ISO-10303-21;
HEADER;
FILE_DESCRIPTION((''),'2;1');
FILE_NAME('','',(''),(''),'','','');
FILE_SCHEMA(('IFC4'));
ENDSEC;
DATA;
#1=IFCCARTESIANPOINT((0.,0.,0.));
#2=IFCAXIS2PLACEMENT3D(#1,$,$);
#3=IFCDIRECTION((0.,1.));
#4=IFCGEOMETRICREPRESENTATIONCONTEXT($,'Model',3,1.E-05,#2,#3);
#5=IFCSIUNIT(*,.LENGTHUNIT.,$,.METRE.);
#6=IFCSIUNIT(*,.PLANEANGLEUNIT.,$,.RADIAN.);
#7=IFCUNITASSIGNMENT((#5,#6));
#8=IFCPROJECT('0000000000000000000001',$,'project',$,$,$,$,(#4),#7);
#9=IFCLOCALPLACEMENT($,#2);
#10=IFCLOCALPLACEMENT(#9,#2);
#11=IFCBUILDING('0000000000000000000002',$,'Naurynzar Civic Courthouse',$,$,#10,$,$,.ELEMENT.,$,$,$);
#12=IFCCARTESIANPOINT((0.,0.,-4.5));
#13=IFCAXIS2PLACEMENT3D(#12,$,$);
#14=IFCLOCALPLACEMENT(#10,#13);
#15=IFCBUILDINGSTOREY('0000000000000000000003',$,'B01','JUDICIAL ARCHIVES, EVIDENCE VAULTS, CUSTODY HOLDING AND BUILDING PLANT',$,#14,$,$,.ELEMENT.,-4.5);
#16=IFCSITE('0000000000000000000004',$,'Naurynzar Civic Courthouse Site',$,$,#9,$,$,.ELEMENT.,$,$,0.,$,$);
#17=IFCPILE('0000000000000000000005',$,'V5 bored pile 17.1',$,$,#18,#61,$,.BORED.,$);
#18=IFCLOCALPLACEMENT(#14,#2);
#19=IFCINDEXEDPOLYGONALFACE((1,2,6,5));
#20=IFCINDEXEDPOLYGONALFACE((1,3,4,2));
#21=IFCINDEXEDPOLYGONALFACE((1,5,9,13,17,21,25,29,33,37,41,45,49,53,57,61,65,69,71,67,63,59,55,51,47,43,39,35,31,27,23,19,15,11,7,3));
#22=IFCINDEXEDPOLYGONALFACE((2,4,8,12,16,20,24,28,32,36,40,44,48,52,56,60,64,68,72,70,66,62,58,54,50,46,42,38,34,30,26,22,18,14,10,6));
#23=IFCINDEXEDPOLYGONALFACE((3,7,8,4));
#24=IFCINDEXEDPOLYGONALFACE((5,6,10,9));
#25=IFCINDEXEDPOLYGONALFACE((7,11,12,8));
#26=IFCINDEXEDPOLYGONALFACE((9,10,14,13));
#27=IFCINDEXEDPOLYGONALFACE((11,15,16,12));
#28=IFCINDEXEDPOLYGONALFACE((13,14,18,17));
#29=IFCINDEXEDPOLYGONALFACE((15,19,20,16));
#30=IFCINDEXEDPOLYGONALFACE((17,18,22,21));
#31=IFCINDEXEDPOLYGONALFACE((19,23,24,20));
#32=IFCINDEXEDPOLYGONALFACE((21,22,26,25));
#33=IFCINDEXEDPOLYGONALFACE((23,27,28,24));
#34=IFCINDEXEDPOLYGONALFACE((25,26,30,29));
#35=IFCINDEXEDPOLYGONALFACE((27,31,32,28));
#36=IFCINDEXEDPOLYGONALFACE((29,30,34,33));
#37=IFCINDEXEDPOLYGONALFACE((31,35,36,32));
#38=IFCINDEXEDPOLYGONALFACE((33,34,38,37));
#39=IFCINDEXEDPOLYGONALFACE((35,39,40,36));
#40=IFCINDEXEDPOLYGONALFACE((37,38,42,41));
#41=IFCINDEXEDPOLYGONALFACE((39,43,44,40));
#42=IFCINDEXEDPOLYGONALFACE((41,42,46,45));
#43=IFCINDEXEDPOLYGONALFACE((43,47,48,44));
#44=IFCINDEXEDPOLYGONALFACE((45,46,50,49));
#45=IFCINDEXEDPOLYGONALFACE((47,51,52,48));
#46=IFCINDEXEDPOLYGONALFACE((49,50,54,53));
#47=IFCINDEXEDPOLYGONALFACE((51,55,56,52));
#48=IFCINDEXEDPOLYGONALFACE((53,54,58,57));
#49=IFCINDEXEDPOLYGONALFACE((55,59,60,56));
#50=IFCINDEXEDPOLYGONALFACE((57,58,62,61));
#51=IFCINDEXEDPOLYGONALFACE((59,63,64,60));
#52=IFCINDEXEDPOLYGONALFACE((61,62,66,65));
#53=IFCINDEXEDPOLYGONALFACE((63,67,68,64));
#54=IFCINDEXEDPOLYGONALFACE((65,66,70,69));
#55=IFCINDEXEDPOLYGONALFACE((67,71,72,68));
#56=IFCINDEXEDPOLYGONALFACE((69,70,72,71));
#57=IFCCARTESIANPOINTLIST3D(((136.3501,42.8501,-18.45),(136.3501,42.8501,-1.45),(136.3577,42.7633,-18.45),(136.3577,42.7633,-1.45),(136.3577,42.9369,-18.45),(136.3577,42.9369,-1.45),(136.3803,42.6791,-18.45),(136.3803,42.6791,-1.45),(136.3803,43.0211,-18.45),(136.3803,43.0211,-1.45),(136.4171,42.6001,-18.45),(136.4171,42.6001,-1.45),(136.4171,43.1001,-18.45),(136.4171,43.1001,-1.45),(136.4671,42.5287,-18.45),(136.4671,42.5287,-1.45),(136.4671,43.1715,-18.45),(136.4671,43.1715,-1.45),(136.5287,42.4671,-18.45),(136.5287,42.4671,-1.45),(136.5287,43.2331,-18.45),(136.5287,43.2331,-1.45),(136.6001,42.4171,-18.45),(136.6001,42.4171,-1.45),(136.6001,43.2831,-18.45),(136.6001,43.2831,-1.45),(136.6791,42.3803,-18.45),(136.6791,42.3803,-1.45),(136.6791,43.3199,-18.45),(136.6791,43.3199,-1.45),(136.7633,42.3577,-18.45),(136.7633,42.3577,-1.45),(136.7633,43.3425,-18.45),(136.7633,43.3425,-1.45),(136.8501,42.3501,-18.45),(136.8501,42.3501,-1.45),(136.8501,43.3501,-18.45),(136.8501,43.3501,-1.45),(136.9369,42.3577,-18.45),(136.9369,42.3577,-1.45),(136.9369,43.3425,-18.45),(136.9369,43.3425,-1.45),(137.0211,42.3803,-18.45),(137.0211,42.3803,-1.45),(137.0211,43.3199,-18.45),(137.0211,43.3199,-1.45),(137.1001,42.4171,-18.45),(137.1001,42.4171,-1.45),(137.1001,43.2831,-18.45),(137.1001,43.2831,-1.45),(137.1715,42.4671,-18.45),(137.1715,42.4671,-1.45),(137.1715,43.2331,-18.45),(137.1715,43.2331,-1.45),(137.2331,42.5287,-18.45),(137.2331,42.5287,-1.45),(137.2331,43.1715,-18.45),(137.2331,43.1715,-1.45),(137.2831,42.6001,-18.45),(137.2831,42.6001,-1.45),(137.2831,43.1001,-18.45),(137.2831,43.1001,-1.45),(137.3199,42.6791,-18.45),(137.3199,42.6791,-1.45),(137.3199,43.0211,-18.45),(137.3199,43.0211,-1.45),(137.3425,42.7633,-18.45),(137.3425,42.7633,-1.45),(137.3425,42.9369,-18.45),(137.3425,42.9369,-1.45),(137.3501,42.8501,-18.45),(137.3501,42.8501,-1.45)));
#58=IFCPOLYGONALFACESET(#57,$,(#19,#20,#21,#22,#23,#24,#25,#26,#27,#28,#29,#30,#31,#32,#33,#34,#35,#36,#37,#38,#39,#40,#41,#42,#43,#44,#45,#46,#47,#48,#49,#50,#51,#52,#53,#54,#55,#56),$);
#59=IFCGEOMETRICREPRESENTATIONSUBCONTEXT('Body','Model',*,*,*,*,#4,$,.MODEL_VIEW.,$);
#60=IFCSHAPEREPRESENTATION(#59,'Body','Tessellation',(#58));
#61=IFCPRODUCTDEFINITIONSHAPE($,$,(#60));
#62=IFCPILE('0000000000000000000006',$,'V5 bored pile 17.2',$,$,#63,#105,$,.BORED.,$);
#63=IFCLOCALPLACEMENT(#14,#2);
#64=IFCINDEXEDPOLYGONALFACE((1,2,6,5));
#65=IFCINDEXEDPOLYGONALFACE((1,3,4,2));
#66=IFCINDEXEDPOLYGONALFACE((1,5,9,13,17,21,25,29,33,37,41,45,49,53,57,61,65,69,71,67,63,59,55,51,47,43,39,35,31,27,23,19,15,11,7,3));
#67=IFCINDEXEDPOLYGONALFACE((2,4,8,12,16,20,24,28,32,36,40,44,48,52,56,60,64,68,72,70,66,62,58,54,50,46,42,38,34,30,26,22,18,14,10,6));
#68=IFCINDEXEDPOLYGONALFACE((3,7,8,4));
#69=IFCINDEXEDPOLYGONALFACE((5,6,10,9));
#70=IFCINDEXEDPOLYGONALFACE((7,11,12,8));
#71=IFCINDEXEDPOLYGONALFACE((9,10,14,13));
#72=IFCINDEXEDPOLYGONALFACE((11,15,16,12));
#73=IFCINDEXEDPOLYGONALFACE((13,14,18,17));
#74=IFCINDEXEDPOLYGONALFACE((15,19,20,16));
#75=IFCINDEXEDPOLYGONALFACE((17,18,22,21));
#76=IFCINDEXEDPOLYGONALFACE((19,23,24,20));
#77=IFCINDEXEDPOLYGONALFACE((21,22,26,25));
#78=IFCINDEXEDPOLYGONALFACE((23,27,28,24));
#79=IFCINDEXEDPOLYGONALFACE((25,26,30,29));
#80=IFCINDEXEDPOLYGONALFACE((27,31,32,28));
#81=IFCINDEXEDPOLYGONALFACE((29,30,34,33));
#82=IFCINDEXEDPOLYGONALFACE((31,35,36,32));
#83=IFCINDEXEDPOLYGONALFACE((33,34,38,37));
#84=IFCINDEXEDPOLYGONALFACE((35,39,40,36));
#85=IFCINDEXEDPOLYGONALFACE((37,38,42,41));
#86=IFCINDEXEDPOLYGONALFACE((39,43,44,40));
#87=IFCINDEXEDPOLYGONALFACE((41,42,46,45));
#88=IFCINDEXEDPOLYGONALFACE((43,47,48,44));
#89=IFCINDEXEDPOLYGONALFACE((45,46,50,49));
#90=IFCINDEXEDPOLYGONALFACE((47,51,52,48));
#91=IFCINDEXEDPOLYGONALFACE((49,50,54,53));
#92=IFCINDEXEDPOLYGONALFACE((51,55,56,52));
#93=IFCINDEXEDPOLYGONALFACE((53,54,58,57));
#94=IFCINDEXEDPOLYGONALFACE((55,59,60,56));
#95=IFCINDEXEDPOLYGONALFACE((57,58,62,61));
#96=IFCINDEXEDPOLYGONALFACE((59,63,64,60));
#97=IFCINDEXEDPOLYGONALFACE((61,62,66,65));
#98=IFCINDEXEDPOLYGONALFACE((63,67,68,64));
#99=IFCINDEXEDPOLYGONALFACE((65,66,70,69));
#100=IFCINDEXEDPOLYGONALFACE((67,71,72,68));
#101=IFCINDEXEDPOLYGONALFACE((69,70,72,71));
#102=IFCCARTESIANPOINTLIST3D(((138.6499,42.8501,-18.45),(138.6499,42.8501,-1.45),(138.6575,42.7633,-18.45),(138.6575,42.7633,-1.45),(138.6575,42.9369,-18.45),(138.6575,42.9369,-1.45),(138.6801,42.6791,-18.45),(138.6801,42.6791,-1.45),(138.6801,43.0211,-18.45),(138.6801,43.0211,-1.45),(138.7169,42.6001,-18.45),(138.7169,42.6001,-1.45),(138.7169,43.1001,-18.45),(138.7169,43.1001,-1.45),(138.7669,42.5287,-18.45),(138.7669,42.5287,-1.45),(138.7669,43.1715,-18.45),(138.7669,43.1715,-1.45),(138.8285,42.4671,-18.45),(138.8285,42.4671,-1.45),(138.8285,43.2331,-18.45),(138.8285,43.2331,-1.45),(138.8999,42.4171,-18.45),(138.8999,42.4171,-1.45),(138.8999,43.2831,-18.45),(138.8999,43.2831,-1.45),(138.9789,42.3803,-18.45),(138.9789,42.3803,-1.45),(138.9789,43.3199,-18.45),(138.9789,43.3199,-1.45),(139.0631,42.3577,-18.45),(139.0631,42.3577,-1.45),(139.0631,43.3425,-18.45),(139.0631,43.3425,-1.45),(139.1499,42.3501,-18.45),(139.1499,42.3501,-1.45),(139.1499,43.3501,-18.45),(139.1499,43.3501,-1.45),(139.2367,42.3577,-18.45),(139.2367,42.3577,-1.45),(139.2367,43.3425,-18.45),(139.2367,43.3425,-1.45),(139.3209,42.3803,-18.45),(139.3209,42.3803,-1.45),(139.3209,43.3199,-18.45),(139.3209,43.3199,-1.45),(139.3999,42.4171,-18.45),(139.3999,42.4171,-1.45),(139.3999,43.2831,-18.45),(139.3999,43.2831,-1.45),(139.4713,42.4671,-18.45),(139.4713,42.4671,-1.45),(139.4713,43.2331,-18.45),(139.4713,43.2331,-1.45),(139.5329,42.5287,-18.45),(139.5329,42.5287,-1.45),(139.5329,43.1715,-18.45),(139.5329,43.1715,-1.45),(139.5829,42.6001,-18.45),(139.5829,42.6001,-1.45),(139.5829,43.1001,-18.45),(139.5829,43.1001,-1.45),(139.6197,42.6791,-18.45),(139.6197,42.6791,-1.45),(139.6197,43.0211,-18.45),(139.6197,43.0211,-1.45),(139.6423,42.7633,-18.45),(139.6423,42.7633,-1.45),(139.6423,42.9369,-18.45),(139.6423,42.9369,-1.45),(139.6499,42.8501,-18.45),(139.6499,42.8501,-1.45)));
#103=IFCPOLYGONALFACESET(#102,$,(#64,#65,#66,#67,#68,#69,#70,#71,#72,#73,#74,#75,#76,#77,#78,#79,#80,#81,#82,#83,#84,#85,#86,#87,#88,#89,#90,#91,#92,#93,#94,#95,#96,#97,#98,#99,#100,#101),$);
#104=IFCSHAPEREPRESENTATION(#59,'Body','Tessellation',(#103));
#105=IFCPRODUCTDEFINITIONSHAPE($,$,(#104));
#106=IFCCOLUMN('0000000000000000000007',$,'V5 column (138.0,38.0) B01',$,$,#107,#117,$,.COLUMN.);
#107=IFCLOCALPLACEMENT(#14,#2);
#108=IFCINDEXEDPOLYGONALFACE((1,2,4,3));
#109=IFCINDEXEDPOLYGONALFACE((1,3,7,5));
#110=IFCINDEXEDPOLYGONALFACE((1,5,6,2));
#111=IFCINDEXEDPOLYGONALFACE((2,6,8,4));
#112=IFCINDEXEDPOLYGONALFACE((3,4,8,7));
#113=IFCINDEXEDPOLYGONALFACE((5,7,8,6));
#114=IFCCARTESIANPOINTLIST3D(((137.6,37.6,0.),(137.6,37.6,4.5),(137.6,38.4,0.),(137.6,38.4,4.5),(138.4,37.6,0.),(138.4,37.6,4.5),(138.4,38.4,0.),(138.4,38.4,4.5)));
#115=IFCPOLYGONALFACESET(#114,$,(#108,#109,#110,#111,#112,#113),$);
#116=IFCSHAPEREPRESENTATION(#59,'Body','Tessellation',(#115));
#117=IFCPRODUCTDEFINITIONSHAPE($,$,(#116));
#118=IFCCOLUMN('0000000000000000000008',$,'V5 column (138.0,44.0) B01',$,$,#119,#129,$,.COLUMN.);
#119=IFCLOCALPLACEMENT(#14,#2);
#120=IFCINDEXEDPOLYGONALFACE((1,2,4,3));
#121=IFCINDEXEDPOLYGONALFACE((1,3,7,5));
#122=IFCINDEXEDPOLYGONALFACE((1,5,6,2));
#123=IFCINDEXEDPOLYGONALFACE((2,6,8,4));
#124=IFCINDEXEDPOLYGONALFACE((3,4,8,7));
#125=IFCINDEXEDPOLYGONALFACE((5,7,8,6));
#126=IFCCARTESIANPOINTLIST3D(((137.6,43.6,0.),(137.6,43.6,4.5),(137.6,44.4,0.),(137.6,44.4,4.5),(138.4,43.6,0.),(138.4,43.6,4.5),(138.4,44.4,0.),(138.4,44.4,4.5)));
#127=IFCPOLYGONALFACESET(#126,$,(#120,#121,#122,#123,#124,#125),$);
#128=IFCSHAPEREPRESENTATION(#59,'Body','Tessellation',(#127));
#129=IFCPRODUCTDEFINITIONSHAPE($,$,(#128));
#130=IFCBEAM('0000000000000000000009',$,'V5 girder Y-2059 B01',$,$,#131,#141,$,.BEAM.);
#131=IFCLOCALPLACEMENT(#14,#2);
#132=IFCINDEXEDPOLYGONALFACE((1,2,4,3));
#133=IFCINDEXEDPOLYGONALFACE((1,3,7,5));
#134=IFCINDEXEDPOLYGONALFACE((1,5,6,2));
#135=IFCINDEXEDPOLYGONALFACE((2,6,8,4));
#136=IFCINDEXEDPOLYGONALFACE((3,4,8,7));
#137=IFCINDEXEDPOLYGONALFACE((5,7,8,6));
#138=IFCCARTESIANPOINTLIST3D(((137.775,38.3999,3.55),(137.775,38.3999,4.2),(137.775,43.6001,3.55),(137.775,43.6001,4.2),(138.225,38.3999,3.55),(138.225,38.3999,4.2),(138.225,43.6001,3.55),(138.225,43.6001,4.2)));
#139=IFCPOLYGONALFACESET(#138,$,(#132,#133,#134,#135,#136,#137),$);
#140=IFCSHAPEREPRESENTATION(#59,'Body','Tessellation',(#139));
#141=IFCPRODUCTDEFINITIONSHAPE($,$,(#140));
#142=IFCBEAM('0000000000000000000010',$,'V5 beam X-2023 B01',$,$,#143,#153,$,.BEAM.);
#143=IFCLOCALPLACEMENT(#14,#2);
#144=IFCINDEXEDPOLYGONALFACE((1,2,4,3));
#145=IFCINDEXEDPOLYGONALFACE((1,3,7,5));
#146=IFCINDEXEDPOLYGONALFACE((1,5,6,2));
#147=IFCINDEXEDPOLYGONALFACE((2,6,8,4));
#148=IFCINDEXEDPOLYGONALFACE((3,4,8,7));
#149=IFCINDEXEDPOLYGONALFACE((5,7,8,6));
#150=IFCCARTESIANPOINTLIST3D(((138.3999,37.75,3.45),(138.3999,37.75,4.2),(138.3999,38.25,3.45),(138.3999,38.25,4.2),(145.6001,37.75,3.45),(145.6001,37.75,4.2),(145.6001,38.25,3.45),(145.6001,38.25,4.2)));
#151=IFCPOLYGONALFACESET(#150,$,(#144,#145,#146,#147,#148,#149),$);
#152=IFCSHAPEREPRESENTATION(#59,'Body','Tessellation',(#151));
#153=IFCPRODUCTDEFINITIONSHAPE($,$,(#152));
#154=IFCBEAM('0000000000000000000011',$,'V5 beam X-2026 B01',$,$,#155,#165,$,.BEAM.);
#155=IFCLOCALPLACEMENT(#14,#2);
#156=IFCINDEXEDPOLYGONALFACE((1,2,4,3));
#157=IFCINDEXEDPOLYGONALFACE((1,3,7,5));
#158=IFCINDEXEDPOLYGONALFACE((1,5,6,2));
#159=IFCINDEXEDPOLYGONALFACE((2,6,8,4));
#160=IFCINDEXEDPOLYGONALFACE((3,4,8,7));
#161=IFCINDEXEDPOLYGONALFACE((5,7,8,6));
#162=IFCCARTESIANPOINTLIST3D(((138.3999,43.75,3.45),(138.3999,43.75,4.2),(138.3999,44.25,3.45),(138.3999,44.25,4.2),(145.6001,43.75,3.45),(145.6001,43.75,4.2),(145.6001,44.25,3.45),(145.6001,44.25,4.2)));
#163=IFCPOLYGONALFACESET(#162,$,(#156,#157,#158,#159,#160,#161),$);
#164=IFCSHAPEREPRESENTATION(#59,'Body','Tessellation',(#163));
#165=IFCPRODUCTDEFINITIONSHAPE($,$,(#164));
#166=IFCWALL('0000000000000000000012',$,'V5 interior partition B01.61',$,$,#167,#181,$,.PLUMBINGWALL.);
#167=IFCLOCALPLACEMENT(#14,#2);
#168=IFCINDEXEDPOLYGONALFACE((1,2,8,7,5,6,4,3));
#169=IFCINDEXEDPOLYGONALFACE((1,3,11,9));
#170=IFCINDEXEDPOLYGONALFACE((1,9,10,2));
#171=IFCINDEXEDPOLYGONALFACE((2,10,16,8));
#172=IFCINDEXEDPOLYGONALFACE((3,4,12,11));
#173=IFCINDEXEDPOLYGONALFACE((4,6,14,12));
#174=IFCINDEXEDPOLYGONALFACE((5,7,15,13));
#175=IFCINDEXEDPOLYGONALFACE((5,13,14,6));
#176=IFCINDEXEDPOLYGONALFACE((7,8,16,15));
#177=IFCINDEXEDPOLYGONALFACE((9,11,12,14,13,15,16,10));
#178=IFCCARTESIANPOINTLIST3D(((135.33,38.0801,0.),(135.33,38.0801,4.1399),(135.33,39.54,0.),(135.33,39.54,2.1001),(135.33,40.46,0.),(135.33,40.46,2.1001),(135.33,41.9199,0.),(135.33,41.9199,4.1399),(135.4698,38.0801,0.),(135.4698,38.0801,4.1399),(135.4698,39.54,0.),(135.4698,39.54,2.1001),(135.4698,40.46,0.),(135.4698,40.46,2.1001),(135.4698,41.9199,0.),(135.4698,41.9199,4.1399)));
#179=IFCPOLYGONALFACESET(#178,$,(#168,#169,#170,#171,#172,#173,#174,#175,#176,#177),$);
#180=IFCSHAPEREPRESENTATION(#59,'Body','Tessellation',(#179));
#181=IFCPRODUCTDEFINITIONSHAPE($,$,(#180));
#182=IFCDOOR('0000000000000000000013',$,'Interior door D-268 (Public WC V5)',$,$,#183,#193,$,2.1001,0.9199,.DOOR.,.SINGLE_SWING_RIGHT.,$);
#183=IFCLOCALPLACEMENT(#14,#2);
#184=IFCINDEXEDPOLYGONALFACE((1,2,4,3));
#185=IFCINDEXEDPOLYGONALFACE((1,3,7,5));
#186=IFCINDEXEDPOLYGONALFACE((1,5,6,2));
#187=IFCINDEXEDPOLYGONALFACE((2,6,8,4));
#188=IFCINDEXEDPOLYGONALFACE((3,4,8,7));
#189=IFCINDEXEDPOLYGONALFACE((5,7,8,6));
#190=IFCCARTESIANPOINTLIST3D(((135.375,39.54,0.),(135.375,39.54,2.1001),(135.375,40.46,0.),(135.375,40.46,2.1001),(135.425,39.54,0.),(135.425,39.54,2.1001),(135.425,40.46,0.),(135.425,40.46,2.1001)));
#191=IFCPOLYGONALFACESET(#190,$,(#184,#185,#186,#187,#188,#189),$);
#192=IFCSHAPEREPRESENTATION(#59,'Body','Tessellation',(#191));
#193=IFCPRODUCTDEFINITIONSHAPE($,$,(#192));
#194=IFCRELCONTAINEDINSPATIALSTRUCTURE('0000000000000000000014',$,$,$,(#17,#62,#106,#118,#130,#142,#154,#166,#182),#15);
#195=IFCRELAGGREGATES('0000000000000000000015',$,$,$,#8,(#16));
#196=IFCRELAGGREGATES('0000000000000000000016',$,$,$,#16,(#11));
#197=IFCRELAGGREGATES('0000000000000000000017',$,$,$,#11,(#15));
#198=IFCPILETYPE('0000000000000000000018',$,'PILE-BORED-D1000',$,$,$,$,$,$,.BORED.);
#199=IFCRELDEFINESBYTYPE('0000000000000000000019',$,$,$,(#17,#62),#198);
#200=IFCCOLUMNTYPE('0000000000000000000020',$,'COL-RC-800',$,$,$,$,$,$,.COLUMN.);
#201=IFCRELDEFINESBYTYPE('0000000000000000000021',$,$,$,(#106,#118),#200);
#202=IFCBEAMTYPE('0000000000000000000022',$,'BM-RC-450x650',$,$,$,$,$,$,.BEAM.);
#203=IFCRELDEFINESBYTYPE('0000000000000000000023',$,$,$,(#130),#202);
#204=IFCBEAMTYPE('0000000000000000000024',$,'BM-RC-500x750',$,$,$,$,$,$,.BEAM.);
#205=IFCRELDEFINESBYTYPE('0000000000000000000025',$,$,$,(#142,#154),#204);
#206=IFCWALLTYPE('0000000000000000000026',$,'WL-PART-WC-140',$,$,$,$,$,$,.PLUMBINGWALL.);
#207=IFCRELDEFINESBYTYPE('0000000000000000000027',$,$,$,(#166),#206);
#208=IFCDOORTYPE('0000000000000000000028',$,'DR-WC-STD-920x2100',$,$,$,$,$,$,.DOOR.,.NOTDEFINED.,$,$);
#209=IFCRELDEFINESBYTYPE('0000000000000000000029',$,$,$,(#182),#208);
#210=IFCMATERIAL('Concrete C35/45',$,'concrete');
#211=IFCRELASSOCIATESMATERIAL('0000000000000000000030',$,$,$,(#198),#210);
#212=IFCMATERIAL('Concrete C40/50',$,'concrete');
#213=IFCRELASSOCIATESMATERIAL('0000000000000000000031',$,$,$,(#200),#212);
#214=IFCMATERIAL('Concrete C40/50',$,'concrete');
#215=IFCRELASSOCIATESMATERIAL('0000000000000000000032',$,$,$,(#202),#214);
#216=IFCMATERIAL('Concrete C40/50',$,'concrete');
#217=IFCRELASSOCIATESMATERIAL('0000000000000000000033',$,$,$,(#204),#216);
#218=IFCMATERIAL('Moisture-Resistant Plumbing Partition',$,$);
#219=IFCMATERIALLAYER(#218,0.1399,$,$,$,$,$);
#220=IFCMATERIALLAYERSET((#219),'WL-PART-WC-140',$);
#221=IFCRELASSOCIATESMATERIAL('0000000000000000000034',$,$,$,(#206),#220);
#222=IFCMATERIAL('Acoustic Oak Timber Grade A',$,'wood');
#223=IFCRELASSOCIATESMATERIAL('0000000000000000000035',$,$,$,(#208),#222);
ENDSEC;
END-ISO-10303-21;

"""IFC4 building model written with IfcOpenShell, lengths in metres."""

from ifc_helpers import new_model, si_unit, direction, frame, frame_2d, origin, origin_2d, place, context, subcontext, project, spatial, rectangle, circle, extrude, material, layer, layer_set, material_profile, profile_set, type_object, element, fill, save


model = new_model("IFC4")

# Units and contexts
model_context = context("Model", 3, precision=1e-05, world=origin(), true_north=direction((0.0, 1.0)))
body_context = subcontext(model_context, "Body", "Model", "MODEL_VIEW")
ifc_project = project(units=[si_unit("LENGTHUNIT", "METRE"), si_unit("PLANEANGLEUNIT", "RADIAN")], contexts=[model_context])

# Site, building, storey
site_placement = place(None, origin())
site = spatial("IfcSite", under=ifc_project, at=site_placement, Name="Naurynzar Civic Courthouse Site", CompositionType="ELEMENT", RefElevation=0.0)
building_placement = place(site_placement, origin())
building = spatial("IfcBuilding", under=site, at=building_placement, Name="Naurynzar Civic Courthouse", CompositionType="ELEMENT")
storey_placement = place(building_placement, frame((0.0, 0.0, -4.5)))
storey = spatial("IfcBuildingStorey", under=building, at=storey_placement, Name="B01", Description="JUDICIAL ARCHIVES, EVIDENCE VAULTS, CUSTODY HOLDING AND BUILDING PLANT", CompositionType="ELEMENT", Elevation=-4.5)

# Piles
ifc_material_1 = material(Name="Concrete C35/45", Category="concrete")
ifc_material_profile_1 = material_profile(ifc_material_1, circle(Radius=0.5, at=origin_2d()), Name="PILE D1000")
ifc_profile_set_1 = profile_set([ifc_material_profile_1], Name="Concrete C35/45")
pile_type = type_object("IfcPileType", Name="PILE-BORED-D1000", PredefinedType="BORED", material=ifc_profile_set_1)
for number, where, z_axis, x_axis, name in (
    (1, (136.8501, 42.8501, -1.45), (0.0, 0.0, -1.0), (1.0, 0.0, 0.0), "V5 bored pile 17.1"),
    (2, (139.1499, 42.8501, -1.45), (0.0, 0.0, -1.0), (1.0, 0.0, 0.0), "V5 bored pile 17.2"),
):
    element("IfcPile", number, at=place(storey_placement, frame(where, z_axis=z_axis, x_axis=x_axis)), inside=storey, type_object=pile_type, Name=name, PredefinedType="BORED", context=body_context, shape_type="SweptSolid", body=[
        extrude(circle(Radius=0.5, at=origin_2d()), origin(), (0.0, 0.0, 1.0), 17.0),
    ])

# Columns
ifc_material_2 = material(Name="Concrete C40/50", Category="concrete")
ifc_material_profile_2 = material_profile(ifc_material_2, rectangle(XDim=0.8, YDim=0.8, at=origin_2d()), Name="RC 800x800")
ifc_profile_set_2 = profile_set([ifc_material_profile_2], Name="Concrete C40/50")
column_type = type_object("IfcColumnType", Name="COL-RC-800", PredefinedType="COLUMN", material=ifc_profile_set_2)
for number, where, z_axis, x_axis, name in (
    (3, (138.0, 38.0, 0.0), (0.0, 0.0, 1.0), (1.0, 0.0, 0.0), "V5 column (138.0,38.0) B01"),
    (4, (138.0, 44.0, 0.0), (0.0, 0.0, 1.0), (1.0, 0.0, 0.0), "V5 column (138.0,44.0) B01"),
):
    element("IfcColumn", number, at=place(storey_placement, frame(where, z_axis=z_axis, x_axis=x_axis)), inside=storey, type_object=column_type, Name=name, PredefinedType="COLUMN", context=body_context, shape_type="SweptSolid", body=[
        extrude(rectangle(XDim=0.8, YDim=0.8, at=origin_2d()), origin(), (0.0, 0.0, 1.0), 4.5),
    ])

# Beams
ifc_material_3 = material(Name="Concrete C40/50", Category="concrete")
ifc_material_profile_3 = material_profile(ifc_material_3, rectangle(XDim=0.45, YDim=0.6499, at=origin_2d()), Name="RCB 450x650")
ifc_profile_set_3 = profile_set([ifc_material_profile_3], Name="Concrete C40/50")
beam_type_1 = type_object("IfcBeamType", Name="BM-RC-450x650", PredefinedType="BEAM", material=ifc_profile_set_3)
beam_placement = place(storey_placement, frame((138.0, 38.3999, 3.875), z_axis=(0.0, 1.0, 0.0), x_axis=(-1.0, 0.0, 0.0)))
element("IfcBeam", 5, at=beam_placement, inside=storey, type_object=beam_type_1, Name="V5 girder Y-2059 B01", PredefinedType="BEAM", context=body_context, shape_type="SweptSolid", body=[
    extrude(rectangle(XDim=0.45, YDim=0.6499, at=origin_2d()), origin(), (0.0, 0.0, 1.0), 5.2002),
])
ifc_material_4 = material(Name="Concrete C40/50", Category="concrete")
ifc_material_profile_4 = material_profile(ifc_material_4, rectangle(XDim=0.5, YDim=0.75, at=origin_2d()), Name="RCB 500x750")
ifc_profile_set_4 = profile_set([ifc_material_profile_4], Name="Concrete C40/50")
beam_type_2 = type_object("IfcBeamType", Name="BM-RC-500x750", PredefinedType="BEAM", material=ifc_profile_set_4)
for number, where, z_axis, x_axis, name in (
    (6, (138.3999, 38.0, 3.825), (1.0, 0.0, 0.0), (0.0, 1.0, 0.0), "V5 beam X-2023 B01"),
    (7, (138.3999, 44.0, 3.825), (1.0, 0.0, 0.0), (0.0, 1.0, 0.0), "V5 beam X-2026 B01"),
):
    element("IfcBeam", number, at=place(storey_placement, frame(where, z_axis=z_axis, x_axis=x_axis)), inside=storey, type_object=beam_type_2, Name=name, PredefinedType="BEAM", context=body_context, shape_type="SweptSolid", body=[
        extrude(rectangle(XDim=0.5, YDim=0.75, at=origin_2d()), origin(), (0.0, 0.0, 1.0), 7.2002),
    ])

# Wall, opening, door
ifc_material_5 = material(Name="Moisture-Resistant Plumbing Partition")
ifc_layer = layer(ifc_material_5, 0.1399)
ifc_layer_set = layer_set([ifc_layer], Name="WL-PART-WC-140")
wall_type = type_object("IfcWallType", Name="WL-PART-WC-140", PredefinedType="PLUMBINGWALL", material=ifc_layer_set)
wall_1_placement = place(storey_placement, frame((135.3999, 38.0801, 0.0), z_axis=(0.0, 0.0, 1.0), x_axis=(0.0, 1.0, 0.0)))
wall_1 = element("IfcWall", 8, at=wall_1_placement, inside=storey, type_object=wall_type, Name="V5 interior partition B01.61", PredefinedType="PLUMBINGWALL", context=body_context, shape_type="SweptSolid", body=[
    extrude(rectangle(XDim=3.8398, YDim=0.1399, at=frame_2d((1.9199, 0.0))), origin(), (0.0, 0.0, 1.0), 4.1399),
])
opening_1_placement = place(wall_1_placement, frame((1.46, 0.0, 0.0)))
opening_1 = element("IfcOpeningElement", 9, at=opening_1_placement, cuts=wall_1, PredefinedType="OPENING", context=body_context, shape_type="SweptSolid", body=[
    extrude(rectangle(XDim=0.9199, YDim=2.1001, at=frame_2d((0.46, 1.05))), frame((0.0, 0.0798, 0.0), z_axis=(0.0, -1.0, 0.0), x_axis=(1.0, 0.0, 0.0)), (0.0, 0.0, 1.0), 0.1599),
])
ifc_material_6 = material(Name="Acoustic Oak Timber Grade A", Category="wood")
door_type_1 = type_object("IfcDoorType", Name="DR-WC-STD-920x2100", OperationType="NOTDEFINED", PredefinedType="DOOR", material=ifc_material_6)
door_1_placement = place(opening_1_placement, origin())
door_1 = element("IfcDoor", 10, at=door_1_placement, inside=storey, type_object=door_type_1, Name="Interior door D-268 (Public WC V5)", OperationType="SINGLE_SWING_RIGHT", OverallHeight=2.1001, OverallWidth=0.9199, PredefinedType="DOOR", context=body_context, shape_type="SweptSolid", body=[
    extrude(rectangle(XDim=0.9199, YDim=2.1001, at=frame_2d((0.46, 1.05))), frame((0.0, 0.0249, 0.0), z_axis=(0.0, -1.0, 0.0), x_axis=(1.0, 0.0, 0.0)), (0.0, 0.0, 1.0), 0.05),
])
fill(opening_1, door_1)

save(model, "model.ifc")
